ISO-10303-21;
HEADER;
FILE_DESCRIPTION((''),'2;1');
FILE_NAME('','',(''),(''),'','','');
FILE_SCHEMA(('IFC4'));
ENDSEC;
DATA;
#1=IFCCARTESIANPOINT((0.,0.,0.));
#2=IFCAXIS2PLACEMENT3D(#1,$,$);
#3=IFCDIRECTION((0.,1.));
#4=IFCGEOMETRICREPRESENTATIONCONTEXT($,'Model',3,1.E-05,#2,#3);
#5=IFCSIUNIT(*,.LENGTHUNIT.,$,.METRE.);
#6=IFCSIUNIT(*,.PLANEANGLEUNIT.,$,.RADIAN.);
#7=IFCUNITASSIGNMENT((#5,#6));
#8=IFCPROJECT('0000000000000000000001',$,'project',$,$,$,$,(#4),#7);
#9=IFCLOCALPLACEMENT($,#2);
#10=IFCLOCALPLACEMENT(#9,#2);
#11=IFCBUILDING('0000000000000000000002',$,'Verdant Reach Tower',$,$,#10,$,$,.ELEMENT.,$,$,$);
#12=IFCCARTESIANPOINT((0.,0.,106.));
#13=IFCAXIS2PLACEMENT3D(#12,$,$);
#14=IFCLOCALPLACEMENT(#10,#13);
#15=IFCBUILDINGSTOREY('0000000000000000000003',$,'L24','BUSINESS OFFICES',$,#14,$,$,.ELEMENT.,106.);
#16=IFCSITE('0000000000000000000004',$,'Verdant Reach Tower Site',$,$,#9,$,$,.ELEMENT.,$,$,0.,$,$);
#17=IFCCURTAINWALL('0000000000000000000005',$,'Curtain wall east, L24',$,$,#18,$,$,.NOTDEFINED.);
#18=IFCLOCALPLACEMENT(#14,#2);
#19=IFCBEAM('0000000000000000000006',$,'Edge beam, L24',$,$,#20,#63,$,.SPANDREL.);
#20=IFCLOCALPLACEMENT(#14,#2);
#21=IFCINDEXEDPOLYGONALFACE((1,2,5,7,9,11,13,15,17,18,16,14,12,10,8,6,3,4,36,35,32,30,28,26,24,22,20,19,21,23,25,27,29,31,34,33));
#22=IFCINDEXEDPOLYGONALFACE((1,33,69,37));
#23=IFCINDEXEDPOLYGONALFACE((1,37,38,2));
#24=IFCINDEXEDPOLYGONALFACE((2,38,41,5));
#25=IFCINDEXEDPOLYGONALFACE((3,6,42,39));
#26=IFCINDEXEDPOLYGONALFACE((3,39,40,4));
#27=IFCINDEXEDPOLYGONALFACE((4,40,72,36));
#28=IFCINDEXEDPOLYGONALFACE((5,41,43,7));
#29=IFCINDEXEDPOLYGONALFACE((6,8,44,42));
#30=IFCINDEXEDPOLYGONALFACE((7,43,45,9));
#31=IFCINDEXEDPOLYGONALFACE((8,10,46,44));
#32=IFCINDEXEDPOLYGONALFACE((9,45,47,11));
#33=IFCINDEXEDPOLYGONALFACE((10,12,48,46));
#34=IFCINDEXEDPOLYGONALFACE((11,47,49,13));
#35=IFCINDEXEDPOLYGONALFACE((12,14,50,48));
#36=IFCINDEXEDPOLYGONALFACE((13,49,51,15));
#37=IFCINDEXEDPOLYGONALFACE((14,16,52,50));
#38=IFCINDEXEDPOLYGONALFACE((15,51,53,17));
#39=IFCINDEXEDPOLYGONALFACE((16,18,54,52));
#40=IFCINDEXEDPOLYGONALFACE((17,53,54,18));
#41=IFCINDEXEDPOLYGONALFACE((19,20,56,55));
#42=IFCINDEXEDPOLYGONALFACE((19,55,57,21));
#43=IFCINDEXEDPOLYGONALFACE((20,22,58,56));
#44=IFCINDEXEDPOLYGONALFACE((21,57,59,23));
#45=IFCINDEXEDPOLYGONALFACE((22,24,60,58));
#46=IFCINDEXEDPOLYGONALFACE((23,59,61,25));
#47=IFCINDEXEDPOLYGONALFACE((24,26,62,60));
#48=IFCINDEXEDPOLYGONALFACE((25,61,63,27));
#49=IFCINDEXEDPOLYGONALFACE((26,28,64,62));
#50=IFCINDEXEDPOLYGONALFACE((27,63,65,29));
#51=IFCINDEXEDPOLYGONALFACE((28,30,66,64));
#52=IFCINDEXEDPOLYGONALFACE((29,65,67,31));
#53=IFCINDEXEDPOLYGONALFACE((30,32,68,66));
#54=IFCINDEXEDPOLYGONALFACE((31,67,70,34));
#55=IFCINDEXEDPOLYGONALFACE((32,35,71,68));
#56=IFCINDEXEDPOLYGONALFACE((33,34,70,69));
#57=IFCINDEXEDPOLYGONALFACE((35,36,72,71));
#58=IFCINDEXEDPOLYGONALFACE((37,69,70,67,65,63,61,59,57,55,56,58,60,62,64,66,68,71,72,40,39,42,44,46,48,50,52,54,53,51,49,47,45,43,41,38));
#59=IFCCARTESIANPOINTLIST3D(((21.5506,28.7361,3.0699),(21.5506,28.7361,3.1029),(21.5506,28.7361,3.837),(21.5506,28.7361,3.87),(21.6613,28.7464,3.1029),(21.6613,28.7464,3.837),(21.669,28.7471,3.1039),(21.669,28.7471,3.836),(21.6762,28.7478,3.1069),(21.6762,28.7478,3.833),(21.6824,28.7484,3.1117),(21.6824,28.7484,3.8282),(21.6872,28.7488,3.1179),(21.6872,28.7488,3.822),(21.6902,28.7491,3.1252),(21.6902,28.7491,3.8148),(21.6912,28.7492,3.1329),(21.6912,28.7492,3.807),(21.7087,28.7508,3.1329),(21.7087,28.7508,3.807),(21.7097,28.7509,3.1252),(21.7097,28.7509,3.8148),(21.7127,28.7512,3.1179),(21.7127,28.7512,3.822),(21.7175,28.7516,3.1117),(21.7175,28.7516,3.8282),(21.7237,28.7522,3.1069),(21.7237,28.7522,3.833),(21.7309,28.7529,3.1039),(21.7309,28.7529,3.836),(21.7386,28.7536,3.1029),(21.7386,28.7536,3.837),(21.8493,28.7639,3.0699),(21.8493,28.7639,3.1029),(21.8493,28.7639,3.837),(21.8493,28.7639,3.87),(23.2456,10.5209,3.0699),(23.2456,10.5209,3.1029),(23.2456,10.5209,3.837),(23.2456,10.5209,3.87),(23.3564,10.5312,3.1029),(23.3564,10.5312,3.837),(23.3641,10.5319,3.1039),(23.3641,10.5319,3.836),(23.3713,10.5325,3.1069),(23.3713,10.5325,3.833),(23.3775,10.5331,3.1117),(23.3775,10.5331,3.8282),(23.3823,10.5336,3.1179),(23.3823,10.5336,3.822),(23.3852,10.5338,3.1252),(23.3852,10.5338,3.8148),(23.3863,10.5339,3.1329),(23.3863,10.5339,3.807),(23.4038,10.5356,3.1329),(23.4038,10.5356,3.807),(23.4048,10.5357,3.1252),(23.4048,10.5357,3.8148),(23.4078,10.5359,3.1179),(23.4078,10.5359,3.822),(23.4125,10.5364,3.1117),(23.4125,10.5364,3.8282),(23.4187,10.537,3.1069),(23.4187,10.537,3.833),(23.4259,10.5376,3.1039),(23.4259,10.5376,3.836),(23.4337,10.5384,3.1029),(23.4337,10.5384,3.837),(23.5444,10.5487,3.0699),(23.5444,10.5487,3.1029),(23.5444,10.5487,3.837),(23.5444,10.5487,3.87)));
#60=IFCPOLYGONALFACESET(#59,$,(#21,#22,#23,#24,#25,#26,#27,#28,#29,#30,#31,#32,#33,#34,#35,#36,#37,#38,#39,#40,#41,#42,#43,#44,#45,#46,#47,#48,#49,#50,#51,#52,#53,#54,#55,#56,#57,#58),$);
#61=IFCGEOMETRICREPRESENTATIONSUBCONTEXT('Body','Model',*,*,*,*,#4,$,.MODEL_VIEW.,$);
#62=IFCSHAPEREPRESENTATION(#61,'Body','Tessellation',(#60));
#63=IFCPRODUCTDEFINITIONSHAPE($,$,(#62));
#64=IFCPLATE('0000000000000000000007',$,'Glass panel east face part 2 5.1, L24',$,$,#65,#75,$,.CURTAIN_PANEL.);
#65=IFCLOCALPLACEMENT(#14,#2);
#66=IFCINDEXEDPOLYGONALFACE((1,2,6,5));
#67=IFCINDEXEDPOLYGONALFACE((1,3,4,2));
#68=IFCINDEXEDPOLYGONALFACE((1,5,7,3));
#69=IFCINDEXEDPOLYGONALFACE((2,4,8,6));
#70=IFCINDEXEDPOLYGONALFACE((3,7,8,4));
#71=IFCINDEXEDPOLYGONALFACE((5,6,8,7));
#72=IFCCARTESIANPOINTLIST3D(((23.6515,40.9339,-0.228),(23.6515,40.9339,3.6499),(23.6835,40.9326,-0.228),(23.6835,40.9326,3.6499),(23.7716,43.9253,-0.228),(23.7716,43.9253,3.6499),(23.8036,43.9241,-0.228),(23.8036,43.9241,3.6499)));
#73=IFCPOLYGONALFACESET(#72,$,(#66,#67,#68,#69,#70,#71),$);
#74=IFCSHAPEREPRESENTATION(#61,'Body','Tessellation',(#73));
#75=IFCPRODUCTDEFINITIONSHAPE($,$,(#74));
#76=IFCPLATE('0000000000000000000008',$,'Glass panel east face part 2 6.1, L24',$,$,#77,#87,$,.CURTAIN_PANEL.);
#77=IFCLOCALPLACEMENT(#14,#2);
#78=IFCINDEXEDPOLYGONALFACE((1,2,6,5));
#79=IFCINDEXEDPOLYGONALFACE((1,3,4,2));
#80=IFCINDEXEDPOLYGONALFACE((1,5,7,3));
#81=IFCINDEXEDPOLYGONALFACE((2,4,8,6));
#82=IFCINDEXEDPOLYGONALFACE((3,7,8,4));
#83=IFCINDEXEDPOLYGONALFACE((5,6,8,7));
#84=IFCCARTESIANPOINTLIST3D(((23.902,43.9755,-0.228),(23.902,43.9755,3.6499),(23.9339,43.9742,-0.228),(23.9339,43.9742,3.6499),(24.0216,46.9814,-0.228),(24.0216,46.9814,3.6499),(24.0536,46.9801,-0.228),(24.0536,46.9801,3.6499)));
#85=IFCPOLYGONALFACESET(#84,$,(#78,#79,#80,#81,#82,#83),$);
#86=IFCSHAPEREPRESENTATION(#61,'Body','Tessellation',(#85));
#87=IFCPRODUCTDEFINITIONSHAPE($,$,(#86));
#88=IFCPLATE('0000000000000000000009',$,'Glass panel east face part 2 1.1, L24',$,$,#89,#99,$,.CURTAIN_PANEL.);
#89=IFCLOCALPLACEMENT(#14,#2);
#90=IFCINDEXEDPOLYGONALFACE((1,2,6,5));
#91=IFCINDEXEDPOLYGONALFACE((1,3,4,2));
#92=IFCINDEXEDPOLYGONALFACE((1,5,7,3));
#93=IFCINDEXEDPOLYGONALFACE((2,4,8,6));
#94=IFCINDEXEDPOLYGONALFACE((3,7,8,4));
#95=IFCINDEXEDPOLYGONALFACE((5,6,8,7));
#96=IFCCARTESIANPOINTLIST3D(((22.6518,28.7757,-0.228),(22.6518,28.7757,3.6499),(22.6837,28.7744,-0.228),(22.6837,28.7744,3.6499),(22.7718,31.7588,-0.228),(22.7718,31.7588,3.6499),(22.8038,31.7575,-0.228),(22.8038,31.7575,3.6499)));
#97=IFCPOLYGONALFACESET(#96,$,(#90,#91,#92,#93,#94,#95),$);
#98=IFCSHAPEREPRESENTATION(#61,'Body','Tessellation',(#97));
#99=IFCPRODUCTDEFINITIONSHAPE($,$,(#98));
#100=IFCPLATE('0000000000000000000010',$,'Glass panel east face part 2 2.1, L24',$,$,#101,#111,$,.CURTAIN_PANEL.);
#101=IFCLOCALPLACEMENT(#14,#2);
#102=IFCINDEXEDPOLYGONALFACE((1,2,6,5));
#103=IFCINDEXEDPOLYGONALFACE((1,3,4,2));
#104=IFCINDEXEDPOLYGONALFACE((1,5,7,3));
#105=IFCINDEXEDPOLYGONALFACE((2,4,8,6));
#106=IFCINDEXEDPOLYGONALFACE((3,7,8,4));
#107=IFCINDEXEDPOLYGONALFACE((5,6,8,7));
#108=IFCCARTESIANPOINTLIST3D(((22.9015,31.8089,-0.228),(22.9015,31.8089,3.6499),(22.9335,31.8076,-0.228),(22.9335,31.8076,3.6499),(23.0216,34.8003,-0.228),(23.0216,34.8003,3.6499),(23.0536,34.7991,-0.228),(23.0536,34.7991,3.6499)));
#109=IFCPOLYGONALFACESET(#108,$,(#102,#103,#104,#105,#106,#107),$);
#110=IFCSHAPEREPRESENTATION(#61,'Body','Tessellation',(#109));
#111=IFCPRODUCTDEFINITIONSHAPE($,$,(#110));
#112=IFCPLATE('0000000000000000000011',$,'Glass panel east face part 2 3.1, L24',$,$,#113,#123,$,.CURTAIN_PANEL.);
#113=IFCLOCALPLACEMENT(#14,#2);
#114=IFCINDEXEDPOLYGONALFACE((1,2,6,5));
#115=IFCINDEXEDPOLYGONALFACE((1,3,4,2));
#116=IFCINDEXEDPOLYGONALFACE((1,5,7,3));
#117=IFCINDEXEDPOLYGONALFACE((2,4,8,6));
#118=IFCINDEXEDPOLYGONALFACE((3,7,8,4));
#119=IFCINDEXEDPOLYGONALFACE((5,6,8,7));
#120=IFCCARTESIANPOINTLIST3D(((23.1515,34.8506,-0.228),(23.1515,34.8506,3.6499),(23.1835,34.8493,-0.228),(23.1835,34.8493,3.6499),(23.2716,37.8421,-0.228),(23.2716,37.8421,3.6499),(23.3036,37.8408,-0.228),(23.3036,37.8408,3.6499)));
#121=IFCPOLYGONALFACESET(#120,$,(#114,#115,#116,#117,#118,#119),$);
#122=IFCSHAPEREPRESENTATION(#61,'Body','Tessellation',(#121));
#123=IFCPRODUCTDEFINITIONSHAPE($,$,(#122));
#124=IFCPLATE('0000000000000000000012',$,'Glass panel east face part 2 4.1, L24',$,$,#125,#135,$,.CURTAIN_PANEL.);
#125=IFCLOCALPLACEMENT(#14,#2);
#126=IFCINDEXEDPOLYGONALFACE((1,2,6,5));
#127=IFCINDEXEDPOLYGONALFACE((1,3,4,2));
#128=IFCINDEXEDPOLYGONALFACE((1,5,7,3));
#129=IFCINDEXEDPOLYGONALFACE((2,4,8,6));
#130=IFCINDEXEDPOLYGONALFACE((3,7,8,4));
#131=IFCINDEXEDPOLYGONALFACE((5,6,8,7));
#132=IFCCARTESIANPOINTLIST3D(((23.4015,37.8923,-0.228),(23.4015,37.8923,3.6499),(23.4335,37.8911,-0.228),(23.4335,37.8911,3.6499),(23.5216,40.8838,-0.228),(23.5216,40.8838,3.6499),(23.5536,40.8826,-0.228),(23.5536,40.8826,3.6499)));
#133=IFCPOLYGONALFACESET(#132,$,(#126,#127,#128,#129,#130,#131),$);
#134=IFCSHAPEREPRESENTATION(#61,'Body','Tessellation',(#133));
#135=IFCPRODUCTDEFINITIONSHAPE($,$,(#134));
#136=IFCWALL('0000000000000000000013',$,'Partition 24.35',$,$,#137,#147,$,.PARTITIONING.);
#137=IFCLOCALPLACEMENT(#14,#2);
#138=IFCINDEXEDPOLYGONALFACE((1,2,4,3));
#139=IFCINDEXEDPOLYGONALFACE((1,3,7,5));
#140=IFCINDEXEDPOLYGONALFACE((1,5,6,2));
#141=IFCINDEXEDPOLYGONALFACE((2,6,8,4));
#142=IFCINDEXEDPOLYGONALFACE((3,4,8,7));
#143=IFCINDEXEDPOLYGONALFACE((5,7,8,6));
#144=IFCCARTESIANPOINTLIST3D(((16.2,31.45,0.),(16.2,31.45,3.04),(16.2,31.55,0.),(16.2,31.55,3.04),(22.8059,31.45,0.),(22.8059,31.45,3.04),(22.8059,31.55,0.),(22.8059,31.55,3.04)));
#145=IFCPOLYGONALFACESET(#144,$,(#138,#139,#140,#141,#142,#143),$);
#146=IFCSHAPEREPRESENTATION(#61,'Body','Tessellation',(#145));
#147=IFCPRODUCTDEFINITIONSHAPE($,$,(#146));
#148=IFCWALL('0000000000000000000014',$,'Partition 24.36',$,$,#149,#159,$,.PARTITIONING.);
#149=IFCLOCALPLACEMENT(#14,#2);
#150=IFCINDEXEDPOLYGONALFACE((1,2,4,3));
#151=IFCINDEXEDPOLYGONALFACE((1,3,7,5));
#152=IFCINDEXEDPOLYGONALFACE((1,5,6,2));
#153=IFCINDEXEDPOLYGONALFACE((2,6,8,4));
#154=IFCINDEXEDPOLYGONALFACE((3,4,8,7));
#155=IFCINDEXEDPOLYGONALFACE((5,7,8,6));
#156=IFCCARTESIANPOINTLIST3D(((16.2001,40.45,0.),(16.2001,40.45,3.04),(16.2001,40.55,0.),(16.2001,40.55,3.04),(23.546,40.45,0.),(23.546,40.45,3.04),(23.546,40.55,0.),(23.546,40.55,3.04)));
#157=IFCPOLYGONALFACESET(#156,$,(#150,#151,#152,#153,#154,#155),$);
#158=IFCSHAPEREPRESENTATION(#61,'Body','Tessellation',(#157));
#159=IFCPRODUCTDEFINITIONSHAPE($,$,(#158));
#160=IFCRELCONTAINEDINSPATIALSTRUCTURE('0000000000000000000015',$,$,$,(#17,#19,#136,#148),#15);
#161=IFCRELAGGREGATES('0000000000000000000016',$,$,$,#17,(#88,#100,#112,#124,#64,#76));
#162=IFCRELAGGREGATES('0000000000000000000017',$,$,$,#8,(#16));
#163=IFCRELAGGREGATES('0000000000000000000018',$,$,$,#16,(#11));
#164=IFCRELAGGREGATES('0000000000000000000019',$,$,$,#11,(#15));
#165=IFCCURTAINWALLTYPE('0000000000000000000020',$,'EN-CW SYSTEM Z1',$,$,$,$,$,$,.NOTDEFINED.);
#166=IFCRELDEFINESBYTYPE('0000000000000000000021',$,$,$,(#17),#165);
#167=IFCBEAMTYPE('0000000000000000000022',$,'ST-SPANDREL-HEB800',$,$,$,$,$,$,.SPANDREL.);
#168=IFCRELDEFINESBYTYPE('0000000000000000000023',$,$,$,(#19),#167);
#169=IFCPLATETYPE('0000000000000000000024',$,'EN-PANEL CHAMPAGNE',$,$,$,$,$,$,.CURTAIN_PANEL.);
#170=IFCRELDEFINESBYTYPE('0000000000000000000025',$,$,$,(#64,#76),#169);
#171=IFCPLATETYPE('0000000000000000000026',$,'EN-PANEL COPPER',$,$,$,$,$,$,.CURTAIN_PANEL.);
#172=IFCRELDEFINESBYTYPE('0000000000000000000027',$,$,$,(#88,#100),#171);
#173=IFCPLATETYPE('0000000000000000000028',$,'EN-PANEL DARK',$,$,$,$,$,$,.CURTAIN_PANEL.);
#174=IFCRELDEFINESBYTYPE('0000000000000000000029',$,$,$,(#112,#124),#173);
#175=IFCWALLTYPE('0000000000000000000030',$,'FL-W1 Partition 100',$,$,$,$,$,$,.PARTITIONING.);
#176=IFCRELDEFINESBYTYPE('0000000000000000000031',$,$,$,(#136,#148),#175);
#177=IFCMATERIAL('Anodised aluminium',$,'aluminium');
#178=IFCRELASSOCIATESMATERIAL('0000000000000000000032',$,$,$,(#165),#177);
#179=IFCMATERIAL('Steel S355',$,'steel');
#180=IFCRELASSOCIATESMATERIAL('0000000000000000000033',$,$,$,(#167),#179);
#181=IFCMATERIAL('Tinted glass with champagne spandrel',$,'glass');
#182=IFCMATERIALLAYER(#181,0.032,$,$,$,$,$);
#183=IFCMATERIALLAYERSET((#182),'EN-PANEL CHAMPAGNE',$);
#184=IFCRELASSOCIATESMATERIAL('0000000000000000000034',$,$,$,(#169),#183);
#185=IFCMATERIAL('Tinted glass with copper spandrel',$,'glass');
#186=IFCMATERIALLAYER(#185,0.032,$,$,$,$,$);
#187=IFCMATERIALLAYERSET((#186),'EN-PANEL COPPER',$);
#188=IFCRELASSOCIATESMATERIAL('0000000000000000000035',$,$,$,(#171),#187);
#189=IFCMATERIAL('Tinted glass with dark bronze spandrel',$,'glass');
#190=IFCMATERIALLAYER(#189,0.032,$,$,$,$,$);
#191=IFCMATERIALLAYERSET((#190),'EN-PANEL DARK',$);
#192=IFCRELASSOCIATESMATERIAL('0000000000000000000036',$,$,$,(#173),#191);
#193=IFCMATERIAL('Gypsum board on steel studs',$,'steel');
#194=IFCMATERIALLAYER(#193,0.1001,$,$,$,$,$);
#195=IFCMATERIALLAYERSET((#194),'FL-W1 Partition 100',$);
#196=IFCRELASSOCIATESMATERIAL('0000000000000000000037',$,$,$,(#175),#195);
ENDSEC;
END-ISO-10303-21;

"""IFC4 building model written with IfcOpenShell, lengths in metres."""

from ifc_helpers import new_model, si_unit, direction, frame, frame_2d, origin, origin_2d, place, context, subcontext, project, spatial, rectangle, i_section, extrude, material, layer, layer_set, material_profile, profile_set, type_object, element, aggregate, save


model = new_model("IFC4")

# Units and contexts
model_context = context("Model", 3, precision=1e-05, world=origin(), true_north=direction((0.0, 1.0)))
body_context = subcontext(model_context, "Body", "Model", "MODEL_VIEW")
ifc_project = project(units=[si_unit("LENGTHUNIT", "METRE"), si_unit("PLANEANGLEUNIT", "RADIAN")], contexts=[model_context])

# Site, building, storey
site_placement = place(None, origin())
site = spatial("IfcSite", under=ifc_project, at=site_placement, Name="Verdant Reach Tower Site", CompositionType="ELEMENT", RefElevation=0.0)
building_placement = place(site_placement, origin())
building = spatial("IfcBuilding", under=site, at=building_placement, Name="Verdant Reach Tower", CompositionType="ELEMENT")
storey_placement = place(building_placement, frame((0.0, 0.0, 106.0)))
storey = spatial("IfcBuildingStorey", under=building, at=storey_placement, Name="L24", Description="BUSINESS OFFICES", CompositionType="ELEMENT", Elevation=106.0)

# Curtain wall
ifc_material_1 = material(Name="Anodised aluminium", Category="aluminium")
curtain_wall_type = type_object("IfcCurtainWallType", Name="EN-CW SYSTEM Z1", PredefinedType="NOTDEFINED", material=ifc_material_1)
curtain_wall_placement = place(storey_placement, origin())
curtain_wall = element("IfcCurtainWall", 1, at=curtain_wall_placement, inside=storey, type_object=curtain_wall_type, Name="Curtain wall east, L24", PredefinedType="NOTDEFINED")

# Beam
ifc_material_2 = material(Name="Steel S355", Category="steel")
ifc_material_profile_1 = material_profile(ifc_material_2, i_section(OverallWidth=0.3, OverallDepth=0.8, WebThickness=0.0176, FlangeThickness=0.033, FilletRadius=0.03, at=origin_2d()), Name="HEB 800")
ifc_profile_set_1 = profile_set([ifc_material_profile_1], Name="Steel S355")
beam_type_1 = type_object("IfcBeamType", Name="ST-SPANDREL-HEB800", PredefinedType="SPANDREL", material=ifc_profile_set_1)
beam_1_placement = place(storey_placement, frame((21.7, 28.75, 3.47), z_axis=(0.092657, -0.995698, 0.0), x_axis=(0.995698, 0.092657, 0.0)))
element("IfcBeam", 2, at=beam_1_placement, inside=storey, type_object=beam_type_1, Name="Edge beam, L24", PredefinedType="SPANDREL", context=body_context, shape_type="SweptSolid", body=[
    extrude(i_section(OverallWidth=0.3, OverallDepth=0.8, WebThickness=0.0176, FlangeThickness=0.033, FilletRadius=0.03, at=origin_2d()), origin(), (0.0, 0.0, 1.0), 18.2939),
])

# Plates
ifc_material_3 = material(Name="Tinted glass with champagne spandrel", Category="glass")
ifc_layer_1 = layer(ifc_material_3, 0.032)
ifc_layer_set_1 = layer_set([ifc_layer_1], Name="EN-PANEL CHAMPAGNE")
plate_type_1 = type_object("IfcPlateType", Name="EN-PANEL CHAMPAGNE", PredefinedType="CURTAIN_PANEL", material=ifc_layer_set_1)
plate_1_placement = place(storey_placement, frame((23.7275, 42.429, -0.228), z_axis=(0.0, 0.0, 1.0), x_axis=(0.040109, 0.999195, 0.0)))
plate_1 = element("IfcPlate", 3, at=plate_1_placement, type_object=plate_type_1, Name="Glass panel east face part 2 5.1, L24", PredefinedType="CURTAIN_PANEL", context=body_context, shape_type="SweptSolid", body=[
    extrude(rectangle(XDim=2.9939, YDim=0.032, at=origin_2d()), origin(), (0.0, 0.0, 1.0), 3.8779),
])
plate_2_placement = place(storey_placement, frame((23.9778, 45.4778, -0.228), z_axis=(0.0, 0.0, 1.0), x_axis=(0.039784, 0.999208, 0.0)))
plate_2 = element("IfcPlate", 4, at=plate_2_placement, type_object=plate_type_1, Name="Glass panel east face part 2 6.1, L24", PredefinedType="CURTAIN_PANEL", context=body_context, shape_type="SweptSolid", body=[
    extrude(rectangle(XDim=3.0083, YDim=0.032, at=origin_2d()), origin(), (0.0, 0.0, 1.0), 3.8779),
])
ifc_material_4 = material(Name="Tinted glass with copper spandrel", Category="glass")
ifc_layer_2 = layer(ifc_material_4, 0.032)
ifc_layer_set_2 = layer_set([ifc_layer_2], Name="EN-PANEL COPPER")
plate_type_2 = type_object("IfcPlateType", Name="EN-PANEL COPPER", PredefinedType="CURTAIN_PANEL", material=ifc_layer_set_2)
plate_3_placement = place(storey_placement, frame((22.7278, 30.2666, -0.228), z_axis=(0.0, 0.0, 1.0), x_axis=(0.040222, 0.999191, 0.0)))
plate_3 = element("IfcPlate", 5, at=plate_3_placement, type_object=plate_type_2, Name="Glass panel east face part 2 1.1, L24", PredefinedType="CURTAIN_PANEL", context=body_context, shape_type="SweptSolid", body=[
    extrude(rectangle(XDim=2.9856, YDim=0.032, at=origin_2d()), origin(), (0.0, 0.0, 1.0), 3.8779),
])
plate_4_placement = place(storey_placement, frame((22.9775, 33.304, -0.228), z_axis=(0.0, 0.0, 1.0), x_axis=(0.040109, 0.999195, 0.0)))
plate_4 = element("IfcPlate", 6, at=plate_4_placement, type_object=plate_type_2, Name="Glass panel east face part 2 2.1, L24", PredefinedType="CURTAIN_PANEL", context=body_context, shape_type="SweptSolid", body=[
    extrude(rectangle(XDim=2.9939, YDim=0.032, at=origin_2d()), origin(), (0.0, 0.0, 1.0), 3.8779),
])
ifc_material_5 = material(Name="Tinted glass with dark bronze spandrel", Category="glass")
ifc_layer_3 = layer(ifc_material_5, 0.032)
ifc_layer_set_3 = layer_set([ifc_layer_3], Name="EN-PANEL DARK")
plate_type_3 = type_object("IfcPlateType", Name="EN-PANEL DARK", PredefinedType="CURTAIN_PANEL", material=ifc_layer_set_3)
plate_5_placement = place(storey_placement, frame((23.2275, 36.3457, -0.228), z_axis=(0.0, 0.0, 1.0), x_axis=(0.040109, 0.999195, 0.0)))
plate_5 = element("IfcPlate", 7, at=plate_5_placement, type_object=plate_type_3, Name="Glass panel east face part 2 3.1, L24", PredefinedType="CURTAIN_PANEL", context=body_context, shape_type="SweptSolid", body=[
    extrude(rectangle(XDim=2.9939, YDim=0.032, at=origin_2d()), origin(), (0.0, 0.0, 1.0), 3.8779),
])
plate_6_placement = place(storey_placement, frame((23.4775, 39.3875, -0.228), z_axis=(0.0, 0.0, 1.0), x_axis=(0.040109, 0.999195, 0.0)))
plate_6 = element("IfcPlate", 8, at=plate_6_placement, type_object=plate_type_3, Name="Glass panel east face part 2 4.1, L24", PredefinedType="CURTAIN_PANEL", context=body_context, shape_type="SweptSolid", body=[
    extrude(rectangle(XDim=2.9939, YDim=0.032, at=origin_2d()), origin(), (0.0, 0.0, 1.0), 3.8779),
])
aggregate(curtain_wall, [plate_3, plate_4, plate_5, plate_6, plate_1, plate_2])

# Walls
ifc_material_6 = material(Name="Gypsum board on steel studs", Category="steel")
ifc_layer_4 = layer(ifc_material_6, 0.1001)
ifc_layer_set_4 = layer_set([ifc_layer_4], Name="FL-W1 Partition 100")
wall_type_1 = type_object("IfcWallType", Name="FL-W1 Partition 100", PredefinedType="PARTITIONING", material=ifc_layer_set_4)
wall_1_placement = place(storey_placement, frame((22.8059, 31.5, 0.0), z_axis=(0.0, 0.0, 1.0), x_axis=(-1.0, 0.0, 0.0)))
element("IfcWall", 9, at=wall_1_placement, inside=storey, type_object=wall_type_1, Name="Partition 24.35", PredefinedType="PARTITIONING", context=body_context, shape_type="SweptSolid", body=[
    extrude(rectangle(XDim=6.606, YDim=0.1001, at=frame_2d((3.303, 0.0))), origin(), (0.0, 0.0, 1.0), 3.04),
])
wall_2_placement = place(storey_placement, frame((23.5459, 40.5, 0.0), z_axis=(0.0, 0.0, 1.0), x_axis=(-1.0, 0.0, 0.0)))
element("IfcWall", 10, at=wall_2_placement, inside=storey, type_object=wall_type_1, Name="Partition 24.36", PredefinedType="PARTITIONING", context=body_context, shape_type="SweptSolid", body=[
    extrude(rectangle(XDim=7.3459, YDim=0.1001, at=frame_2d((3.6729, 0.0))), origin(), (0.0, 0.0, 1.0), 3.04),
])

save(model, "model.ifc")
